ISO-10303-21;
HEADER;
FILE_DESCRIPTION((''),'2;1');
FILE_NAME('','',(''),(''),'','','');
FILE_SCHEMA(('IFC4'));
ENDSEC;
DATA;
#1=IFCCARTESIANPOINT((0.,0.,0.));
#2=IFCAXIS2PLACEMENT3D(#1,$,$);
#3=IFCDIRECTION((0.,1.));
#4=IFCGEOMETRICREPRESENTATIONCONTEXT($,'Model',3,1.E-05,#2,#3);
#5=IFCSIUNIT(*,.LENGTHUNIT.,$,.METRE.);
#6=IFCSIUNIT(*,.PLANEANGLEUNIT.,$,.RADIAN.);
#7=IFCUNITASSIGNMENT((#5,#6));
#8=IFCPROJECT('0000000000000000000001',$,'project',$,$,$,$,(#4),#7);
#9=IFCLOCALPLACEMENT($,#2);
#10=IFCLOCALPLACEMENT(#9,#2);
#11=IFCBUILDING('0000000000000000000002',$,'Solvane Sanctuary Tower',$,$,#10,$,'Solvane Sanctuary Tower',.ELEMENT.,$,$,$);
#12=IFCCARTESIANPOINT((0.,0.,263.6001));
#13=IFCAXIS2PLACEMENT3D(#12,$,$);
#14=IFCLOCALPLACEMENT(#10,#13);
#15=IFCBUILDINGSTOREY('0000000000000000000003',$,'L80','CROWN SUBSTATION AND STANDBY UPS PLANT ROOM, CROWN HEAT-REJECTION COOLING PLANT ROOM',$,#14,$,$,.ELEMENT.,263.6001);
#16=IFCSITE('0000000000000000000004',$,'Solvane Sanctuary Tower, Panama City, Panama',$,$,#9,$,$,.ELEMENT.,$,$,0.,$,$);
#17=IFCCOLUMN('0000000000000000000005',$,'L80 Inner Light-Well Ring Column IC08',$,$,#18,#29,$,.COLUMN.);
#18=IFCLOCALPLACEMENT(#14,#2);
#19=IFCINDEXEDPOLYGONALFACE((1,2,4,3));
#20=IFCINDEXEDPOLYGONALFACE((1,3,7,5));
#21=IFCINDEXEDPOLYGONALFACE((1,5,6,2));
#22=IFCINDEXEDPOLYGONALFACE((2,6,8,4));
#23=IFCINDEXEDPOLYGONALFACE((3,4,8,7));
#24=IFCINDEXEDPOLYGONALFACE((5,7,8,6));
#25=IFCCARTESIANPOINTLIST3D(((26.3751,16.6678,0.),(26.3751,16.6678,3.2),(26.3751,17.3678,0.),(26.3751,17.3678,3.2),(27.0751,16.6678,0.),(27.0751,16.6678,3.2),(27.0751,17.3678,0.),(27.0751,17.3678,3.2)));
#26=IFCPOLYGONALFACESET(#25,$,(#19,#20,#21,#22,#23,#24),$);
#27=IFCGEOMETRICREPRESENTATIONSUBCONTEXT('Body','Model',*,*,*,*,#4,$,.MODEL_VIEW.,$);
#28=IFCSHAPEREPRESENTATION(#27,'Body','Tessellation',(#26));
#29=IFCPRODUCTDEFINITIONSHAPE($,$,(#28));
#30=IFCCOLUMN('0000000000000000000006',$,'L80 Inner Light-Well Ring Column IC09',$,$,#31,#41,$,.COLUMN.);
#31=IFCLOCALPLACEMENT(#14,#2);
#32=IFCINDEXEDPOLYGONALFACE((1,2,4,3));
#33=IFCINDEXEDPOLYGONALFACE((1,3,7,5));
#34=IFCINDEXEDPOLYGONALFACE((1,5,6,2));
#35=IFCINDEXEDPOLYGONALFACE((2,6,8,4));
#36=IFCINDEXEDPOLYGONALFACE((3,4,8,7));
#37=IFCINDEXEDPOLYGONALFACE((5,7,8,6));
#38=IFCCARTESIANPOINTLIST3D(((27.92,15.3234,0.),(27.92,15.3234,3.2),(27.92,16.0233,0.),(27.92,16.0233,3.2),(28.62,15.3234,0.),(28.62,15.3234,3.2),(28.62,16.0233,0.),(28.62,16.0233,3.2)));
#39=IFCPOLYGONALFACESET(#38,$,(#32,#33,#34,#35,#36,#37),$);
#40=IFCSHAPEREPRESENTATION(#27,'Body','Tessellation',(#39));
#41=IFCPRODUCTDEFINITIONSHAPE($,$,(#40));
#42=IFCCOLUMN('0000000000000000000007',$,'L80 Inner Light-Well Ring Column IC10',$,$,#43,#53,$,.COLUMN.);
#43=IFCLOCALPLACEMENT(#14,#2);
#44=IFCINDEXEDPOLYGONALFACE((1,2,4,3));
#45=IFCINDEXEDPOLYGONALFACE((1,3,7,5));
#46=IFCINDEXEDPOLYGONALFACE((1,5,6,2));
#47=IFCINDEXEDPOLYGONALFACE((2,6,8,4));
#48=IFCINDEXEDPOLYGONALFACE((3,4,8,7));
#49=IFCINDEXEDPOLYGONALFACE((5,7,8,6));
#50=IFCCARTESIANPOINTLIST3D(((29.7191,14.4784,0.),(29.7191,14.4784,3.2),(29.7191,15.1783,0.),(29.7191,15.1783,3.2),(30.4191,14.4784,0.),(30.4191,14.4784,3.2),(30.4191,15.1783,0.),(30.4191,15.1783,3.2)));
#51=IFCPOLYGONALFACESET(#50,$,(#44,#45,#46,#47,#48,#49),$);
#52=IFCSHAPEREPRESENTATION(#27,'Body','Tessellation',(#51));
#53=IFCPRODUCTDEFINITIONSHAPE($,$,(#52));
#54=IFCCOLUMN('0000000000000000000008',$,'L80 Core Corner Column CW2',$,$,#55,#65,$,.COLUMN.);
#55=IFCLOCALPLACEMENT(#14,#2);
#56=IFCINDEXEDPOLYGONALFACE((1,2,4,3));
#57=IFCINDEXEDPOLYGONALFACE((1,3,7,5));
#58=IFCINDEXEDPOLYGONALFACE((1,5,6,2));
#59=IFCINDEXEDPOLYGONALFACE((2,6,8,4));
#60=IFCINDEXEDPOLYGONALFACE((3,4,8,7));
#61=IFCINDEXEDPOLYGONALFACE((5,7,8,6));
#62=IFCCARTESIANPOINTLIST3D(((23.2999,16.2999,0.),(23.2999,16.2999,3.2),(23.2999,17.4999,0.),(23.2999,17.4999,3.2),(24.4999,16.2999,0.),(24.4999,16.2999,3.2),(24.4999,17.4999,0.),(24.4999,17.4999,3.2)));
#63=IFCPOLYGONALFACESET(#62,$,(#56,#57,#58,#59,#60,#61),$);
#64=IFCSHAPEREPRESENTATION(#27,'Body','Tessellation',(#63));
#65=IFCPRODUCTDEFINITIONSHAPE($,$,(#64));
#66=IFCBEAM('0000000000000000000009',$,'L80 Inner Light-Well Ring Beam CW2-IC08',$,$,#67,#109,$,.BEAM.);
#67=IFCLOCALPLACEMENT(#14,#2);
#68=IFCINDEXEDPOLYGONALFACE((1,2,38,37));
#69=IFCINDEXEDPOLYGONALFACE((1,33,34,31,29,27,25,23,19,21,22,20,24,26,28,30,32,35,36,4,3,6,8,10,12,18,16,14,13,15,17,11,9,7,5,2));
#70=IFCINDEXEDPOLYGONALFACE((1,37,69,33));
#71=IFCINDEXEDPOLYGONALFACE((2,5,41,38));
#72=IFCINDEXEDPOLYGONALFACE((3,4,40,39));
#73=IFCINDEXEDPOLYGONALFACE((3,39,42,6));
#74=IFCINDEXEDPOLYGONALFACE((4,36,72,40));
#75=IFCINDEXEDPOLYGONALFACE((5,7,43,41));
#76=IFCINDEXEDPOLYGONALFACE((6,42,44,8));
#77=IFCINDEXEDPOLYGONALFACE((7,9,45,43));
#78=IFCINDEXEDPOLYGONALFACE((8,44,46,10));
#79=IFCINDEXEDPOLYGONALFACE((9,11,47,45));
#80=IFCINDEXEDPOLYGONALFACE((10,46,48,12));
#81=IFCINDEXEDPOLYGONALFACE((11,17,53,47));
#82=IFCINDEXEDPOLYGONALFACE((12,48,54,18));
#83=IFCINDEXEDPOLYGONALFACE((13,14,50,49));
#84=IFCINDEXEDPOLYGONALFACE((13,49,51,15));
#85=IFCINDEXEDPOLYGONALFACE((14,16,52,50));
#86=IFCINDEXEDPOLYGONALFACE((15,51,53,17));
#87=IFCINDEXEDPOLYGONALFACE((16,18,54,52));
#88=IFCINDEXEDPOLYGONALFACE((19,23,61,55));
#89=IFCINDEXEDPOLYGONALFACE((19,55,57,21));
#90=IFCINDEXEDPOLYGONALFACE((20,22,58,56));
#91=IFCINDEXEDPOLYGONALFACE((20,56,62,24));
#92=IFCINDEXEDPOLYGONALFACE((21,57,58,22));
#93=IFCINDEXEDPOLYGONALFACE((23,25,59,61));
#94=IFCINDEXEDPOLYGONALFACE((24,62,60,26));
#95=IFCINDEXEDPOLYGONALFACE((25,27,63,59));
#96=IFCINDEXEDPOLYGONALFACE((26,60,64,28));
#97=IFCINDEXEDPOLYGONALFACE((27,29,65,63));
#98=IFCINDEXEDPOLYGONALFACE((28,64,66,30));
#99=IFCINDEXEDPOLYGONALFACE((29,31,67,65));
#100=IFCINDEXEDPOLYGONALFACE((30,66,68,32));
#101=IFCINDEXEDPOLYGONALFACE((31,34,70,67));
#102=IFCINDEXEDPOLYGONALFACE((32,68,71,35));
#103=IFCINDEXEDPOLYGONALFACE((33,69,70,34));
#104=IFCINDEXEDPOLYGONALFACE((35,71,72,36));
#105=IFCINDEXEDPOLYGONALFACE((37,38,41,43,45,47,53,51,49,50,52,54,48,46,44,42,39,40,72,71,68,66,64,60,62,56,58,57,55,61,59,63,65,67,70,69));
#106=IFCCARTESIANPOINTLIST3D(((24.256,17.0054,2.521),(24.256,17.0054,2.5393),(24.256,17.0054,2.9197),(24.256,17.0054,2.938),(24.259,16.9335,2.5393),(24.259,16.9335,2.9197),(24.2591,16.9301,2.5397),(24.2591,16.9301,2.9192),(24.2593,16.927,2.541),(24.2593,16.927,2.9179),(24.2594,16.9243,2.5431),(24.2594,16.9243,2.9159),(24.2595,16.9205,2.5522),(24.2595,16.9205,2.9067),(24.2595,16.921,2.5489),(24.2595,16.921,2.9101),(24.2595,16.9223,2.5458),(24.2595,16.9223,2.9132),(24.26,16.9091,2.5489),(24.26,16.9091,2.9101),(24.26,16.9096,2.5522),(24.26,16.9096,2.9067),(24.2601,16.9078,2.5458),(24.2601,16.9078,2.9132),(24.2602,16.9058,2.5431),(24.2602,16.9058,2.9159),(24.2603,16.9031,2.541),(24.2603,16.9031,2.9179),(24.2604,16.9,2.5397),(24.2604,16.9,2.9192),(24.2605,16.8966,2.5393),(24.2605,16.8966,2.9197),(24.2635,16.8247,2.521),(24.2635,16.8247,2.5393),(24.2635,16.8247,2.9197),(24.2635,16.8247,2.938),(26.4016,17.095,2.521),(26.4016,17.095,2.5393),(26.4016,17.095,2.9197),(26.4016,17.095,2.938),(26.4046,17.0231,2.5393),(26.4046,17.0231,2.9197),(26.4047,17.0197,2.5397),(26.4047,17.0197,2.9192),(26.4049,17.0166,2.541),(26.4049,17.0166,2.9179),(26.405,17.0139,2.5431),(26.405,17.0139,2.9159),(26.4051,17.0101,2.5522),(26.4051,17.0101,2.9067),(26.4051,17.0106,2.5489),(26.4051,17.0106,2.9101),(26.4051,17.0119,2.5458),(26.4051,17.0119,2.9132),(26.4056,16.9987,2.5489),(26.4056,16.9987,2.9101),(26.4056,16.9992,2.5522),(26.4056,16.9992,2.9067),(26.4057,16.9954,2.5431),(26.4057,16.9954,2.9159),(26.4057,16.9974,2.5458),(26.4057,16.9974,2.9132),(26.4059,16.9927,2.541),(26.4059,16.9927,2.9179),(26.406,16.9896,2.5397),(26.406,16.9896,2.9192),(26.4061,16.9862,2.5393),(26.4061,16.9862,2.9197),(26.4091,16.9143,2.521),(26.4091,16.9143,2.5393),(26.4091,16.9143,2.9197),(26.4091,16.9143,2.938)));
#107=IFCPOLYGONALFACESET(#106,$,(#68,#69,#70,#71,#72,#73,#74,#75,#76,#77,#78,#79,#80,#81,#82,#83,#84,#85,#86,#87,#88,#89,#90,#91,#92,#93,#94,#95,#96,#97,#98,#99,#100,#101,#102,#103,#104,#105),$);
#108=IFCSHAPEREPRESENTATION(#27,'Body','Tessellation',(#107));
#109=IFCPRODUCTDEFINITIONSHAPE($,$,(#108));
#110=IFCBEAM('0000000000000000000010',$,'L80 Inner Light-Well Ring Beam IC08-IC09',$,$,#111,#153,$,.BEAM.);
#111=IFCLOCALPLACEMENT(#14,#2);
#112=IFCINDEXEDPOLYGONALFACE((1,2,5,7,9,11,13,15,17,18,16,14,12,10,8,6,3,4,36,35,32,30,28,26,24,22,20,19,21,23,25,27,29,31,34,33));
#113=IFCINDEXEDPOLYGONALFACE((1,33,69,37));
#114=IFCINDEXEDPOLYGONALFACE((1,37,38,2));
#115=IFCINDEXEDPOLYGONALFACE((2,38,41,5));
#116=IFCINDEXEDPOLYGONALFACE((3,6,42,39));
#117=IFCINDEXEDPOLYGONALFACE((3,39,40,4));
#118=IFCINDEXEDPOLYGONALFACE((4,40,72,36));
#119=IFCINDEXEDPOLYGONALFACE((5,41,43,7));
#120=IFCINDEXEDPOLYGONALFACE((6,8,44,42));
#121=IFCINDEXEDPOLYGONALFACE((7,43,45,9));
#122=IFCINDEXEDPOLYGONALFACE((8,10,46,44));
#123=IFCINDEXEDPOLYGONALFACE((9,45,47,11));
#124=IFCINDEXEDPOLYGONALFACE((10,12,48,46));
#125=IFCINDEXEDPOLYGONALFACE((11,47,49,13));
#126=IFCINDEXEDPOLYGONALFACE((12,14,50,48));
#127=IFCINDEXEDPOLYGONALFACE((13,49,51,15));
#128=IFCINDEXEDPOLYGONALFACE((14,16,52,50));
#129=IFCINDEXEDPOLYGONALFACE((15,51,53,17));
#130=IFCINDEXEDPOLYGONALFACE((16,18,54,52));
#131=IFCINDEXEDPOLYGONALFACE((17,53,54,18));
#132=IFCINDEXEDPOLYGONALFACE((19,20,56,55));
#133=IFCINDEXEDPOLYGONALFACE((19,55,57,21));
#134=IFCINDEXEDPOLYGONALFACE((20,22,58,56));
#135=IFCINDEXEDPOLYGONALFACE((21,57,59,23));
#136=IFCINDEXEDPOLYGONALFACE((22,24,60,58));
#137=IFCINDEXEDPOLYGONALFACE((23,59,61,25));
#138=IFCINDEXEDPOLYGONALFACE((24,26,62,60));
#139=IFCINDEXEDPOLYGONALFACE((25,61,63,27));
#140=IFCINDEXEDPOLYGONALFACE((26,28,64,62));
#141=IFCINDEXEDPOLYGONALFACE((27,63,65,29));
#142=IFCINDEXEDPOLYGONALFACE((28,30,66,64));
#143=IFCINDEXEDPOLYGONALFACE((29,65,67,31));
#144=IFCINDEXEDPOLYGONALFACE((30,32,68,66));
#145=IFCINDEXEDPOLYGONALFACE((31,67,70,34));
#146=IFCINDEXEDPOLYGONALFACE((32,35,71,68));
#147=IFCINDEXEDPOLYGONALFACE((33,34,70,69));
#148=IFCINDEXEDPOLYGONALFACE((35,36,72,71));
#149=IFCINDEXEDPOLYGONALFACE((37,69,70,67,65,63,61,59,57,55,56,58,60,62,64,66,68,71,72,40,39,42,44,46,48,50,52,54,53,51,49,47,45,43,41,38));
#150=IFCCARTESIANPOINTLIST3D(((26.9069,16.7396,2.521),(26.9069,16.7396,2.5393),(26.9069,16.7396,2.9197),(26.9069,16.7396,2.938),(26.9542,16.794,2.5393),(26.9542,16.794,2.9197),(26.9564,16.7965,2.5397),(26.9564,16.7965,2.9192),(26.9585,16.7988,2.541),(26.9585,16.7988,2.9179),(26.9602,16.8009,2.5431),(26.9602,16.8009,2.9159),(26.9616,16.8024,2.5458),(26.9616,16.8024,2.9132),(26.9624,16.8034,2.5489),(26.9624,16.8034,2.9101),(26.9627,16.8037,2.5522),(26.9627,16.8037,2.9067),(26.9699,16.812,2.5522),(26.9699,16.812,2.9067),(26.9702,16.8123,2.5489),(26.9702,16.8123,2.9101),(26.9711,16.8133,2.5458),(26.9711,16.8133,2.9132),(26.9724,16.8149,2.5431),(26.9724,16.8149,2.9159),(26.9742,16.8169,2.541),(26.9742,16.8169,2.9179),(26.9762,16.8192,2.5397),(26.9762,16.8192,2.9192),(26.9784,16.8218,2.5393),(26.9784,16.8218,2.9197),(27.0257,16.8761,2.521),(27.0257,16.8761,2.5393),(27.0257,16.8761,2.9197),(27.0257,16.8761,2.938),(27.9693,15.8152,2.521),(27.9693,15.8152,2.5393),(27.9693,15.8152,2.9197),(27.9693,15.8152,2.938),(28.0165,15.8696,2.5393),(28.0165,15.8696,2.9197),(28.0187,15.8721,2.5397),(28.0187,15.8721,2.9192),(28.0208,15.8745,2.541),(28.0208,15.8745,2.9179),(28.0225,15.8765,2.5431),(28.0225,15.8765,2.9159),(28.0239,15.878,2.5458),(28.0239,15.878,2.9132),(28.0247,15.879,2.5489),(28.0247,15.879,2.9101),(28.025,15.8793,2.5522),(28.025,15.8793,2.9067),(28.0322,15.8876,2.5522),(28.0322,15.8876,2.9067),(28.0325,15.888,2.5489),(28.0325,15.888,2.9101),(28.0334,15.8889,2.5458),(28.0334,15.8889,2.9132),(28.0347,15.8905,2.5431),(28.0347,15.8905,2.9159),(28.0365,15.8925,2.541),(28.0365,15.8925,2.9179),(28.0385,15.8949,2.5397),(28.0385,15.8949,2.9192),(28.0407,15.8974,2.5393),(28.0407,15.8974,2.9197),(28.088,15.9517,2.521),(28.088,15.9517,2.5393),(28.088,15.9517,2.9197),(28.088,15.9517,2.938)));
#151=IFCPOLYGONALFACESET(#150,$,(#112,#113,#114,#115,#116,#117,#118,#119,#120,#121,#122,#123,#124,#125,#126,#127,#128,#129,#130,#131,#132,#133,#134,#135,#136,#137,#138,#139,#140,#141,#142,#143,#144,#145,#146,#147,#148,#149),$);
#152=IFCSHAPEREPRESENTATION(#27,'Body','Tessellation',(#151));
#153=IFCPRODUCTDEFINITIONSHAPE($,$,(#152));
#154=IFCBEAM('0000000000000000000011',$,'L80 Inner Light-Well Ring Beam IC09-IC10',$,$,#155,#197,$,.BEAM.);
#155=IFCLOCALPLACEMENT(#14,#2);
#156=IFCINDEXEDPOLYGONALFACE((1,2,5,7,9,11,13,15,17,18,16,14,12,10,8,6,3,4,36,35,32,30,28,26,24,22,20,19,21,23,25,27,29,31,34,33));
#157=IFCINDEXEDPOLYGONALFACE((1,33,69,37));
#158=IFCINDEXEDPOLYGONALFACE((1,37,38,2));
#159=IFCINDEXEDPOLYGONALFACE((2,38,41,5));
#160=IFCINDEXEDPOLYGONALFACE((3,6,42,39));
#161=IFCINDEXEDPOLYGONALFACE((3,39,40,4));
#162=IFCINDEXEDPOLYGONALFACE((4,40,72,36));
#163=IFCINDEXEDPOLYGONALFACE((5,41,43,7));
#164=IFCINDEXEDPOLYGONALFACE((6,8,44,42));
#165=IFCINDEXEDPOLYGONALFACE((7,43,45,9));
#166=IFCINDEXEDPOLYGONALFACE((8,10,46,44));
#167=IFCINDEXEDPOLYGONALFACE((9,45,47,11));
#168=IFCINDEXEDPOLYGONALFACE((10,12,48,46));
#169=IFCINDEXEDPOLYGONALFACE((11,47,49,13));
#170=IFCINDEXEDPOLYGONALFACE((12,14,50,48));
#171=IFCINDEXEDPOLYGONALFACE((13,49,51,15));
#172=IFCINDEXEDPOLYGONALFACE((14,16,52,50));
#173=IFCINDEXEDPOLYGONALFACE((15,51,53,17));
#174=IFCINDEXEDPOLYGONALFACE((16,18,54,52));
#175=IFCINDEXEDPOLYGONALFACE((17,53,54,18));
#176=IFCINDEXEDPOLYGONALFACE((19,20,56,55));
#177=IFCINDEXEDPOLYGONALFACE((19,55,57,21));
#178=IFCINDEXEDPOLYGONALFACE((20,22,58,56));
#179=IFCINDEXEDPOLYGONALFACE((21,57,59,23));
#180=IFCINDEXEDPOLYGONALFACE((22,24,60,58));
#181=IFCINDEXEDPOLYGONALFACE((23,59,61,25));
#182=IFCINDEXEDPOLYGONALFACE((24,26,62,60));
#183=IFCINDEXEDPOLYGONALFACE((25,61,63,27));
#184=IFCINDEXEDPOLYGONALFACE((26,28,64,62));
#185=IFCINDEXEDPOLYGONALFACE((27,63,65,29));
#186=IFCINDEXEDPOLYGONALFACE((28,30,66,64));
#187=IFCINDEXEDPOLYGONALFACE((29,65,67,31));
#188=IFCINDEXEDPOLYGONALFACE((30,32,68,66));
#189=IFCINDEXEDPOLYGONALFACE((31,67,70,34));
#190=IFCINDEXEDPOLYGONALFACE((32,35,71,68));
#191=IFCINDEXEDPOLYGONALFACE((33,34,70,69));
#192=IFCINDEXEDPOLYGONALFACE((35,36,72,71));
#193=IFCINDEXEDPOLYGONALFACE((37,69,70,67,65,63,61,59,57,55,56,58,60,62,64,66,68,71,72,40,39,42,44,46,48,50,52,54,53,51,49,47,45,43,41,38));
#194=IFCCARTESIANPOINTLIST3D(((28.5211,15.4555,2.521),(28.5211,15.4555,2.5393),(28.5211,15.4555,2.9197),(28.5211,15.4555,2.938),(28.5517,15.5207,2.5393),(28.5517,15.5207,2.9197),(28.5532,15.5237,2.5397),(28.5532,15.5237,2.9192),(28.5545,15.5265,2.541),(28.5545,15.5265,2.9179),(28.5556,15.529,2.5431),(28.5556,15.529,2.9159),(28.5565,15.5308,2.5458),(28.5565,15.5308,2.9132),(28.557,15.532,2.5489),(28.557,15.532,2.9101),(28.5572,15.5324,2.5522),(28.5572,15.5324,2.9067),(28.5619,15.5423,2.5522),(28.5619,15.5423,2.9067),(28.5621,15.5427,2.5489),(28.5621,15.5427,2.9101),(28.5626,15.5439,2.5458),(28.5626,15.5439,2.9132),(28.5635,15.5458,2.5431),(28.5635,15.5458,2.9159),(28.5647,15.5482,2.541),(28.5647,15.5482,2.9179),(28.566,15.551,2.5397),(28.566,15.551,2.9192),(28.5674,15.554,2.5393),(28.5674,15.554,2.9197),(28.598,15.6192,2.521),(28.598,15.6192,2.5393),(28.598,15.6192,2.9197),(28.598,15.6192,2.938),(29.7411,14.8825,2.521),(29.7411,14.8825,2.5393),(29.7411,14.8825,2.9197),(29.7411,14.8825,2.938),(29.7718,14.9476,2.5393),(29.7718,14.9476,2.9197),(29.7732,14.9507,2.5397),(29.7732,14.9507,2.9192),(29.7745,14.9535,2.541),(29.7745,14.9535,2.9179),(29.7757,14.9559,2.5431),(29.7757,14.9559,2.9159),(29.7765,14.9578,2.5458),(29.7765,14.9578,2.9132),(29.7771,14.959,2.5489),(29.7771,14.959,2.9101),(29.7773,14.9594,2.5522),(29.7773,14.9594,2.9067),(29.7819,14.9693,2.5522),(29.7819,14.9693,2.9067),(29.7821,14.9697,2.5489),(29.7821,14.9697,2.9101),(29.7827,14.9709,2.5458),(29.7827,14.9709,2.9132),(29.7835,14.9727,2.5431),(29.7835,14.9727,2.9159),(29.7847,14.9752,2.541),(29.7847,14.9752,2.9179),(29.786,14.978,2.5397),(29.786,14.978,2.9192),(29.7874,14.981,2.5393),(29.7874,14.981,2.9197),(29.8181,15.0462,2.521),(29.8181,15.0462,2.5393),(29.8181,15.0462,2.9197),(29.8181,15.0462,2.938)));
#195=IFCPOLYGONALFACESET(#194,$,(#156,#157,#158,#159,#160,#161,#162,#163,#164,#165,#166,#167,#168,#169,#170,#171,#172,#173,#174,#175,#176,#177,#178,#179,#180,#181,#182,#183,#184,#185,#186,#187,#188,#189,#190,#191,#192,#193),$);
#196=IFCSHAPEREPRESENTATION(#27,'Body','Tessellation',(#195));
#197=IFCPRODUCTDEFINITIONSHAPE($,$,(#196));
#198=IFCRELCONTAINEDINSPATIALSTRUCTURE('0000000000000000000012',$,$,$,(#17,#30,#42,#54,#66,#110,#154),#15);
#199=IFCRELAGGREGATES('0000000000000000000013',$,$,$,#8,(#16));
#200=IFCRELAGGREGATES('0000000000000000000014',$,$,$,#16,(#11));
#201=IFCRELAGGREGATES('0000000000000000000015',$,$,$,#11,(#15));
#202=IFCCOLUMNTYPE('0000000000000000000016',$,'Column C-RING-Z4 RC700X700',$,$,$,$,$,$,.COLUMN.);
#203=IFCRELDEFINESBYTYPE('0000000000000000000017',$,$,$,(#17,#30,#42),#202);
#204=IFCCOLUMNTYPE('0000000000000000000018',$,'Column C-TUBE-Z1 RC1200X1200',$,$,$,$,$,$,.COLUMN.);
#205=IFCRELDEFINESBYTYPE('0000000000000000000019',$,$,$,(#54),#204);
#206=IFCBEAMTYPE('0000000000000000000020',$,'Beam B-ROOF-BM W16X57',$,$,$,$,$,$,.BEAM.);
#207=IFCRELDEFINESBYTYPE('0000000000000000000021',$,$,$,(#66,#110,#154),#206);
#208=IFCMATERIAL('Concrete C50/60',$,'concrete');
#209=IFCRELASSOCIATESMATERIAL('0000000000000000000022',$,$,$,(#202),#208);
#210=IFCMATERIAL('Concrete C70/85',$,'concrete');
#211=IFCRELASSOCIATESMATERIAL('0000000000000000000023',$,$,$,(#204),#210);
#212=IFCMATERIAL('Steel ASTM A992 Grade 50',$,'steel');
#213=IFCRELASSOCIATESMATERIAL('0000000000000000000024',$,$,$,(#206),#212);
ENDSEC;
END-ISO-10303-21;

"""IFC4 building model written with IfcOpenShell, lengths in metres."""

from ifc_helpers import new_model, si_unit, direction, frame, origin, origin_2d, place, context, subcontext, project, spatial, rectangle, i_section, extrude, material, material_profile, profile_set, type_object, element, save


model = new_model("IFC4")

# Units and contexts
model_context = context("Model", 3, precision=1e-05, world=origin(), true_north=direction((0.0, 1.0)))
body_context = subcontext(model_context, "Body", "Model", "MODEL_VIEW")
ifc_project = project(units=[si_unit("LENGTHUNIT", "METRE"), si_unit("PLANEANGLEUNIT", "RADIAN")], contexts=[model_context])

# Site, building, storey
site_placement = place(None, origin())
site = spatial("IfcSite", under=ifc_project, at=site_placement, Name="Solvane Sanctuary Tower, Panama City, Panama", CompositionType="ELEMENT", RefElevation=0.0)
building_placement = place(site_placement, origin())
building = spatial("IfcBuilding", under=site, at=building_placement, Name="Solvane Sanctuary Tower", LongName="Solvane Sanctuary Tower", CompositionType="ELEMENT")
storey_placement = place(building_placement, frame((0.0, 0.0, 263.6001)))
storey = spatial("IfcBuildingStorey", under=building, at=storey_placement, Name="L80", Description="CROWN SUBSTATION AND STANDBY UPS PLANT ROOM, CROWN HEAT-REJECTION COOLING PLANT ROOM", CompositionType="ELEMENT", Elevation=263.6001)

# Columns
ifc_material_1 = material(Name="Concrete C50/60", Category="concrete")
ifc_material_profile_1 = material_profile(ifc_material_1, rectangle(XDim=0.7, YDim=0.7, at=origin_2d()), Name="RC700X700")
ifc_profile_set_1 = profile_set([ifc_material_profile_1], Name="Concrete C50/60")
column_type_1 = type_object("IfcColumnType", Name="Column C-RING-Z4 RC700X700", PredefinedType="COLUMN", material=ifc_profile_set_1)
for number, where, z_axis, x_axis, name in (
    (1, (26.7251, 17.0178, 0.0), (0.0, 0.0, 1.0), (1.0, 0.0, 0.0), "L80 Inner Light-Well Ring Column IC08"),
    (2, (28.27, 15.6733, 0.0), (0.0, 0.0, 1.0), (1.0, 0.0, 0.0), "L80 Inner Light-Well Ring Column IC09"),
    (3, (30.0691, 14.8284, 0.0), (0.0, 0.0, 1.0), (1.0, 0.0, 0.0), "L80 Inner Light-Well Ring Column IC10"),
):
    element("IfcColumn", number, at=place(storey_placement, frame(where, z_axis=z_axis, x_axis=x_axis)), inside=storey, type_object=column_type_1, Name=name, PredefinedType="COLUMN", context=body_context, shape_type="SweptSolid", body=[
        extrude(rectangle(XDim=0.7, YDim=0.7, at=origin_2d()), origin(), (0.0, 0.0, 1.0), 3.2),
    ])
ifc_material_2 = material(Name="Concrete C70/85", Category="concrete")
ifc_material_profile_2 = material_profile(ifc_material_2, rectangle(XDim=1.2, YDim=1.2, at=origin_2d()), Name="RC1200X1200")
ifc_profile_set_2 = profile_set([ifc_material_profile_2], Name="Concrete C70/85")
column_type_2 = type_object("IfcColumnType", Name="Column C-TUBE-Z1 RC1200X1200", PredefinedType="COLUMN", material=ifc_profile_set_2)
column_placement = place(storey_placement, frame((23.8999, 16.8999, 0.0), z_axis=(0.0, 0.0, 1.0), x_axis=(1.0, 0.0, 0.0)))
element("IfcColumn", 4, at=column_placement, inside=storey, type_object=column_type_2, Name="L80 Core Corner Column CW2", PredefinedType="COLUMN", context=body_context, shape_type="SweptSolid", body=[
    extrude(rectangle(XDim=1.2, YDim=1.2, at=origin_2d()), origin(), (0.0, 0.0, 1.0), 3.2),
])

# Beams
ifc_material_3 = material(Name="Steel ASTM A992 Grade 50", Category="steel")
ifc_material_profile_3 = material_profile(ifc_material_3, i_section(OverallWidth=0.1809, OverallDepth=0.417, WebThickness=0.011, FlangeThickness=0.0183, FilletRadius=0.0129, at=origin_2d()), Name="W16X57")
ifc_profile_set_3 = profile_set([ifc_material_profile_3], Name="Steel ASTM A992 Grade 50")
beam_type_1 = type_object("IfcBeamType", Name="Beam B-ROOF-BM W16X57", PredefinedType="BEAM", material=ifc_profile_set_3)
beam_1_placement = place(storey_placement, frame((24.2598, 16.915, 2.7295), z_axis=(0.999129, 0.041725, 0.0), x_axis=(-0.041725, 0.999129, 0.0)))
element("IfcBeam", 5, at=beam_1_placement, inside=storey, type_object=beam_type_1, Name="L80 Inner Light-Well Ring Beam CW2-IC08", PredefinedType="BEAM", context=body_context, shape_type="SweptSolid", body=[
    extrude(i_section(OverallWidth=0.1809, OverallDepth=0.417, WebThickness=0.011, FlangeThickness=0.0183, FilletRadius=0.0129, at=origin_2d()), origin(), (0.0, 0.0, 1.0), 2.1475),
])
beam_2_placement = place(storey_placement, frame((26.9663, 16.8079, 2.7295), z_axis=(0.754389, -0.656428, 0.0), x_axis=(0.656428, 0.754389, 0.0)))
element("IfcBeam", 6, at=beam_2_placement, inside=storey, type_object=beam_type_1, Name="L80 Inner Light-Well Ring Beam IC08-IC09", PredefinedType="BEAM", context=body_context, shape_type="SweptSolid", body=[
    extrude(i_section(OverallWidth=0.1809, OverallDepth=0.417, WebThickness=0.011, FlangeThickness=0.0183, FilletRadius=0.0129, at=origin_2d()), origin(), (0.0, 0.0, 1.0), 1.4082),
])
beam_3_placement = place(storey_placement, frame((28.5596, 15.5374, 2.7295), z_axis=(0.905135, -0.425125, 0.0), x_axis=(0.425125, 0.905135, 0.0)))
element("IfcBeam", 7, at=beam_3_placement, inside=storey, type_object=beam_type_1, Name="L80 Inner Light-Well Ring Beam IC09-IC10", PredefinedType="BEAM", context=body_context, shape_type="SweptSolid", body=[
    extrude(i_section(OverallWidth=0.1809, OverallDepth=0.417, WebThickness=0.011, FlangeThickness=0.0183, FilletRadius=0.0129, at=origin_2d()), origin(), (0.0, 0.0, 1.0), 1.3479),
])

save(model, "model.ifc")
